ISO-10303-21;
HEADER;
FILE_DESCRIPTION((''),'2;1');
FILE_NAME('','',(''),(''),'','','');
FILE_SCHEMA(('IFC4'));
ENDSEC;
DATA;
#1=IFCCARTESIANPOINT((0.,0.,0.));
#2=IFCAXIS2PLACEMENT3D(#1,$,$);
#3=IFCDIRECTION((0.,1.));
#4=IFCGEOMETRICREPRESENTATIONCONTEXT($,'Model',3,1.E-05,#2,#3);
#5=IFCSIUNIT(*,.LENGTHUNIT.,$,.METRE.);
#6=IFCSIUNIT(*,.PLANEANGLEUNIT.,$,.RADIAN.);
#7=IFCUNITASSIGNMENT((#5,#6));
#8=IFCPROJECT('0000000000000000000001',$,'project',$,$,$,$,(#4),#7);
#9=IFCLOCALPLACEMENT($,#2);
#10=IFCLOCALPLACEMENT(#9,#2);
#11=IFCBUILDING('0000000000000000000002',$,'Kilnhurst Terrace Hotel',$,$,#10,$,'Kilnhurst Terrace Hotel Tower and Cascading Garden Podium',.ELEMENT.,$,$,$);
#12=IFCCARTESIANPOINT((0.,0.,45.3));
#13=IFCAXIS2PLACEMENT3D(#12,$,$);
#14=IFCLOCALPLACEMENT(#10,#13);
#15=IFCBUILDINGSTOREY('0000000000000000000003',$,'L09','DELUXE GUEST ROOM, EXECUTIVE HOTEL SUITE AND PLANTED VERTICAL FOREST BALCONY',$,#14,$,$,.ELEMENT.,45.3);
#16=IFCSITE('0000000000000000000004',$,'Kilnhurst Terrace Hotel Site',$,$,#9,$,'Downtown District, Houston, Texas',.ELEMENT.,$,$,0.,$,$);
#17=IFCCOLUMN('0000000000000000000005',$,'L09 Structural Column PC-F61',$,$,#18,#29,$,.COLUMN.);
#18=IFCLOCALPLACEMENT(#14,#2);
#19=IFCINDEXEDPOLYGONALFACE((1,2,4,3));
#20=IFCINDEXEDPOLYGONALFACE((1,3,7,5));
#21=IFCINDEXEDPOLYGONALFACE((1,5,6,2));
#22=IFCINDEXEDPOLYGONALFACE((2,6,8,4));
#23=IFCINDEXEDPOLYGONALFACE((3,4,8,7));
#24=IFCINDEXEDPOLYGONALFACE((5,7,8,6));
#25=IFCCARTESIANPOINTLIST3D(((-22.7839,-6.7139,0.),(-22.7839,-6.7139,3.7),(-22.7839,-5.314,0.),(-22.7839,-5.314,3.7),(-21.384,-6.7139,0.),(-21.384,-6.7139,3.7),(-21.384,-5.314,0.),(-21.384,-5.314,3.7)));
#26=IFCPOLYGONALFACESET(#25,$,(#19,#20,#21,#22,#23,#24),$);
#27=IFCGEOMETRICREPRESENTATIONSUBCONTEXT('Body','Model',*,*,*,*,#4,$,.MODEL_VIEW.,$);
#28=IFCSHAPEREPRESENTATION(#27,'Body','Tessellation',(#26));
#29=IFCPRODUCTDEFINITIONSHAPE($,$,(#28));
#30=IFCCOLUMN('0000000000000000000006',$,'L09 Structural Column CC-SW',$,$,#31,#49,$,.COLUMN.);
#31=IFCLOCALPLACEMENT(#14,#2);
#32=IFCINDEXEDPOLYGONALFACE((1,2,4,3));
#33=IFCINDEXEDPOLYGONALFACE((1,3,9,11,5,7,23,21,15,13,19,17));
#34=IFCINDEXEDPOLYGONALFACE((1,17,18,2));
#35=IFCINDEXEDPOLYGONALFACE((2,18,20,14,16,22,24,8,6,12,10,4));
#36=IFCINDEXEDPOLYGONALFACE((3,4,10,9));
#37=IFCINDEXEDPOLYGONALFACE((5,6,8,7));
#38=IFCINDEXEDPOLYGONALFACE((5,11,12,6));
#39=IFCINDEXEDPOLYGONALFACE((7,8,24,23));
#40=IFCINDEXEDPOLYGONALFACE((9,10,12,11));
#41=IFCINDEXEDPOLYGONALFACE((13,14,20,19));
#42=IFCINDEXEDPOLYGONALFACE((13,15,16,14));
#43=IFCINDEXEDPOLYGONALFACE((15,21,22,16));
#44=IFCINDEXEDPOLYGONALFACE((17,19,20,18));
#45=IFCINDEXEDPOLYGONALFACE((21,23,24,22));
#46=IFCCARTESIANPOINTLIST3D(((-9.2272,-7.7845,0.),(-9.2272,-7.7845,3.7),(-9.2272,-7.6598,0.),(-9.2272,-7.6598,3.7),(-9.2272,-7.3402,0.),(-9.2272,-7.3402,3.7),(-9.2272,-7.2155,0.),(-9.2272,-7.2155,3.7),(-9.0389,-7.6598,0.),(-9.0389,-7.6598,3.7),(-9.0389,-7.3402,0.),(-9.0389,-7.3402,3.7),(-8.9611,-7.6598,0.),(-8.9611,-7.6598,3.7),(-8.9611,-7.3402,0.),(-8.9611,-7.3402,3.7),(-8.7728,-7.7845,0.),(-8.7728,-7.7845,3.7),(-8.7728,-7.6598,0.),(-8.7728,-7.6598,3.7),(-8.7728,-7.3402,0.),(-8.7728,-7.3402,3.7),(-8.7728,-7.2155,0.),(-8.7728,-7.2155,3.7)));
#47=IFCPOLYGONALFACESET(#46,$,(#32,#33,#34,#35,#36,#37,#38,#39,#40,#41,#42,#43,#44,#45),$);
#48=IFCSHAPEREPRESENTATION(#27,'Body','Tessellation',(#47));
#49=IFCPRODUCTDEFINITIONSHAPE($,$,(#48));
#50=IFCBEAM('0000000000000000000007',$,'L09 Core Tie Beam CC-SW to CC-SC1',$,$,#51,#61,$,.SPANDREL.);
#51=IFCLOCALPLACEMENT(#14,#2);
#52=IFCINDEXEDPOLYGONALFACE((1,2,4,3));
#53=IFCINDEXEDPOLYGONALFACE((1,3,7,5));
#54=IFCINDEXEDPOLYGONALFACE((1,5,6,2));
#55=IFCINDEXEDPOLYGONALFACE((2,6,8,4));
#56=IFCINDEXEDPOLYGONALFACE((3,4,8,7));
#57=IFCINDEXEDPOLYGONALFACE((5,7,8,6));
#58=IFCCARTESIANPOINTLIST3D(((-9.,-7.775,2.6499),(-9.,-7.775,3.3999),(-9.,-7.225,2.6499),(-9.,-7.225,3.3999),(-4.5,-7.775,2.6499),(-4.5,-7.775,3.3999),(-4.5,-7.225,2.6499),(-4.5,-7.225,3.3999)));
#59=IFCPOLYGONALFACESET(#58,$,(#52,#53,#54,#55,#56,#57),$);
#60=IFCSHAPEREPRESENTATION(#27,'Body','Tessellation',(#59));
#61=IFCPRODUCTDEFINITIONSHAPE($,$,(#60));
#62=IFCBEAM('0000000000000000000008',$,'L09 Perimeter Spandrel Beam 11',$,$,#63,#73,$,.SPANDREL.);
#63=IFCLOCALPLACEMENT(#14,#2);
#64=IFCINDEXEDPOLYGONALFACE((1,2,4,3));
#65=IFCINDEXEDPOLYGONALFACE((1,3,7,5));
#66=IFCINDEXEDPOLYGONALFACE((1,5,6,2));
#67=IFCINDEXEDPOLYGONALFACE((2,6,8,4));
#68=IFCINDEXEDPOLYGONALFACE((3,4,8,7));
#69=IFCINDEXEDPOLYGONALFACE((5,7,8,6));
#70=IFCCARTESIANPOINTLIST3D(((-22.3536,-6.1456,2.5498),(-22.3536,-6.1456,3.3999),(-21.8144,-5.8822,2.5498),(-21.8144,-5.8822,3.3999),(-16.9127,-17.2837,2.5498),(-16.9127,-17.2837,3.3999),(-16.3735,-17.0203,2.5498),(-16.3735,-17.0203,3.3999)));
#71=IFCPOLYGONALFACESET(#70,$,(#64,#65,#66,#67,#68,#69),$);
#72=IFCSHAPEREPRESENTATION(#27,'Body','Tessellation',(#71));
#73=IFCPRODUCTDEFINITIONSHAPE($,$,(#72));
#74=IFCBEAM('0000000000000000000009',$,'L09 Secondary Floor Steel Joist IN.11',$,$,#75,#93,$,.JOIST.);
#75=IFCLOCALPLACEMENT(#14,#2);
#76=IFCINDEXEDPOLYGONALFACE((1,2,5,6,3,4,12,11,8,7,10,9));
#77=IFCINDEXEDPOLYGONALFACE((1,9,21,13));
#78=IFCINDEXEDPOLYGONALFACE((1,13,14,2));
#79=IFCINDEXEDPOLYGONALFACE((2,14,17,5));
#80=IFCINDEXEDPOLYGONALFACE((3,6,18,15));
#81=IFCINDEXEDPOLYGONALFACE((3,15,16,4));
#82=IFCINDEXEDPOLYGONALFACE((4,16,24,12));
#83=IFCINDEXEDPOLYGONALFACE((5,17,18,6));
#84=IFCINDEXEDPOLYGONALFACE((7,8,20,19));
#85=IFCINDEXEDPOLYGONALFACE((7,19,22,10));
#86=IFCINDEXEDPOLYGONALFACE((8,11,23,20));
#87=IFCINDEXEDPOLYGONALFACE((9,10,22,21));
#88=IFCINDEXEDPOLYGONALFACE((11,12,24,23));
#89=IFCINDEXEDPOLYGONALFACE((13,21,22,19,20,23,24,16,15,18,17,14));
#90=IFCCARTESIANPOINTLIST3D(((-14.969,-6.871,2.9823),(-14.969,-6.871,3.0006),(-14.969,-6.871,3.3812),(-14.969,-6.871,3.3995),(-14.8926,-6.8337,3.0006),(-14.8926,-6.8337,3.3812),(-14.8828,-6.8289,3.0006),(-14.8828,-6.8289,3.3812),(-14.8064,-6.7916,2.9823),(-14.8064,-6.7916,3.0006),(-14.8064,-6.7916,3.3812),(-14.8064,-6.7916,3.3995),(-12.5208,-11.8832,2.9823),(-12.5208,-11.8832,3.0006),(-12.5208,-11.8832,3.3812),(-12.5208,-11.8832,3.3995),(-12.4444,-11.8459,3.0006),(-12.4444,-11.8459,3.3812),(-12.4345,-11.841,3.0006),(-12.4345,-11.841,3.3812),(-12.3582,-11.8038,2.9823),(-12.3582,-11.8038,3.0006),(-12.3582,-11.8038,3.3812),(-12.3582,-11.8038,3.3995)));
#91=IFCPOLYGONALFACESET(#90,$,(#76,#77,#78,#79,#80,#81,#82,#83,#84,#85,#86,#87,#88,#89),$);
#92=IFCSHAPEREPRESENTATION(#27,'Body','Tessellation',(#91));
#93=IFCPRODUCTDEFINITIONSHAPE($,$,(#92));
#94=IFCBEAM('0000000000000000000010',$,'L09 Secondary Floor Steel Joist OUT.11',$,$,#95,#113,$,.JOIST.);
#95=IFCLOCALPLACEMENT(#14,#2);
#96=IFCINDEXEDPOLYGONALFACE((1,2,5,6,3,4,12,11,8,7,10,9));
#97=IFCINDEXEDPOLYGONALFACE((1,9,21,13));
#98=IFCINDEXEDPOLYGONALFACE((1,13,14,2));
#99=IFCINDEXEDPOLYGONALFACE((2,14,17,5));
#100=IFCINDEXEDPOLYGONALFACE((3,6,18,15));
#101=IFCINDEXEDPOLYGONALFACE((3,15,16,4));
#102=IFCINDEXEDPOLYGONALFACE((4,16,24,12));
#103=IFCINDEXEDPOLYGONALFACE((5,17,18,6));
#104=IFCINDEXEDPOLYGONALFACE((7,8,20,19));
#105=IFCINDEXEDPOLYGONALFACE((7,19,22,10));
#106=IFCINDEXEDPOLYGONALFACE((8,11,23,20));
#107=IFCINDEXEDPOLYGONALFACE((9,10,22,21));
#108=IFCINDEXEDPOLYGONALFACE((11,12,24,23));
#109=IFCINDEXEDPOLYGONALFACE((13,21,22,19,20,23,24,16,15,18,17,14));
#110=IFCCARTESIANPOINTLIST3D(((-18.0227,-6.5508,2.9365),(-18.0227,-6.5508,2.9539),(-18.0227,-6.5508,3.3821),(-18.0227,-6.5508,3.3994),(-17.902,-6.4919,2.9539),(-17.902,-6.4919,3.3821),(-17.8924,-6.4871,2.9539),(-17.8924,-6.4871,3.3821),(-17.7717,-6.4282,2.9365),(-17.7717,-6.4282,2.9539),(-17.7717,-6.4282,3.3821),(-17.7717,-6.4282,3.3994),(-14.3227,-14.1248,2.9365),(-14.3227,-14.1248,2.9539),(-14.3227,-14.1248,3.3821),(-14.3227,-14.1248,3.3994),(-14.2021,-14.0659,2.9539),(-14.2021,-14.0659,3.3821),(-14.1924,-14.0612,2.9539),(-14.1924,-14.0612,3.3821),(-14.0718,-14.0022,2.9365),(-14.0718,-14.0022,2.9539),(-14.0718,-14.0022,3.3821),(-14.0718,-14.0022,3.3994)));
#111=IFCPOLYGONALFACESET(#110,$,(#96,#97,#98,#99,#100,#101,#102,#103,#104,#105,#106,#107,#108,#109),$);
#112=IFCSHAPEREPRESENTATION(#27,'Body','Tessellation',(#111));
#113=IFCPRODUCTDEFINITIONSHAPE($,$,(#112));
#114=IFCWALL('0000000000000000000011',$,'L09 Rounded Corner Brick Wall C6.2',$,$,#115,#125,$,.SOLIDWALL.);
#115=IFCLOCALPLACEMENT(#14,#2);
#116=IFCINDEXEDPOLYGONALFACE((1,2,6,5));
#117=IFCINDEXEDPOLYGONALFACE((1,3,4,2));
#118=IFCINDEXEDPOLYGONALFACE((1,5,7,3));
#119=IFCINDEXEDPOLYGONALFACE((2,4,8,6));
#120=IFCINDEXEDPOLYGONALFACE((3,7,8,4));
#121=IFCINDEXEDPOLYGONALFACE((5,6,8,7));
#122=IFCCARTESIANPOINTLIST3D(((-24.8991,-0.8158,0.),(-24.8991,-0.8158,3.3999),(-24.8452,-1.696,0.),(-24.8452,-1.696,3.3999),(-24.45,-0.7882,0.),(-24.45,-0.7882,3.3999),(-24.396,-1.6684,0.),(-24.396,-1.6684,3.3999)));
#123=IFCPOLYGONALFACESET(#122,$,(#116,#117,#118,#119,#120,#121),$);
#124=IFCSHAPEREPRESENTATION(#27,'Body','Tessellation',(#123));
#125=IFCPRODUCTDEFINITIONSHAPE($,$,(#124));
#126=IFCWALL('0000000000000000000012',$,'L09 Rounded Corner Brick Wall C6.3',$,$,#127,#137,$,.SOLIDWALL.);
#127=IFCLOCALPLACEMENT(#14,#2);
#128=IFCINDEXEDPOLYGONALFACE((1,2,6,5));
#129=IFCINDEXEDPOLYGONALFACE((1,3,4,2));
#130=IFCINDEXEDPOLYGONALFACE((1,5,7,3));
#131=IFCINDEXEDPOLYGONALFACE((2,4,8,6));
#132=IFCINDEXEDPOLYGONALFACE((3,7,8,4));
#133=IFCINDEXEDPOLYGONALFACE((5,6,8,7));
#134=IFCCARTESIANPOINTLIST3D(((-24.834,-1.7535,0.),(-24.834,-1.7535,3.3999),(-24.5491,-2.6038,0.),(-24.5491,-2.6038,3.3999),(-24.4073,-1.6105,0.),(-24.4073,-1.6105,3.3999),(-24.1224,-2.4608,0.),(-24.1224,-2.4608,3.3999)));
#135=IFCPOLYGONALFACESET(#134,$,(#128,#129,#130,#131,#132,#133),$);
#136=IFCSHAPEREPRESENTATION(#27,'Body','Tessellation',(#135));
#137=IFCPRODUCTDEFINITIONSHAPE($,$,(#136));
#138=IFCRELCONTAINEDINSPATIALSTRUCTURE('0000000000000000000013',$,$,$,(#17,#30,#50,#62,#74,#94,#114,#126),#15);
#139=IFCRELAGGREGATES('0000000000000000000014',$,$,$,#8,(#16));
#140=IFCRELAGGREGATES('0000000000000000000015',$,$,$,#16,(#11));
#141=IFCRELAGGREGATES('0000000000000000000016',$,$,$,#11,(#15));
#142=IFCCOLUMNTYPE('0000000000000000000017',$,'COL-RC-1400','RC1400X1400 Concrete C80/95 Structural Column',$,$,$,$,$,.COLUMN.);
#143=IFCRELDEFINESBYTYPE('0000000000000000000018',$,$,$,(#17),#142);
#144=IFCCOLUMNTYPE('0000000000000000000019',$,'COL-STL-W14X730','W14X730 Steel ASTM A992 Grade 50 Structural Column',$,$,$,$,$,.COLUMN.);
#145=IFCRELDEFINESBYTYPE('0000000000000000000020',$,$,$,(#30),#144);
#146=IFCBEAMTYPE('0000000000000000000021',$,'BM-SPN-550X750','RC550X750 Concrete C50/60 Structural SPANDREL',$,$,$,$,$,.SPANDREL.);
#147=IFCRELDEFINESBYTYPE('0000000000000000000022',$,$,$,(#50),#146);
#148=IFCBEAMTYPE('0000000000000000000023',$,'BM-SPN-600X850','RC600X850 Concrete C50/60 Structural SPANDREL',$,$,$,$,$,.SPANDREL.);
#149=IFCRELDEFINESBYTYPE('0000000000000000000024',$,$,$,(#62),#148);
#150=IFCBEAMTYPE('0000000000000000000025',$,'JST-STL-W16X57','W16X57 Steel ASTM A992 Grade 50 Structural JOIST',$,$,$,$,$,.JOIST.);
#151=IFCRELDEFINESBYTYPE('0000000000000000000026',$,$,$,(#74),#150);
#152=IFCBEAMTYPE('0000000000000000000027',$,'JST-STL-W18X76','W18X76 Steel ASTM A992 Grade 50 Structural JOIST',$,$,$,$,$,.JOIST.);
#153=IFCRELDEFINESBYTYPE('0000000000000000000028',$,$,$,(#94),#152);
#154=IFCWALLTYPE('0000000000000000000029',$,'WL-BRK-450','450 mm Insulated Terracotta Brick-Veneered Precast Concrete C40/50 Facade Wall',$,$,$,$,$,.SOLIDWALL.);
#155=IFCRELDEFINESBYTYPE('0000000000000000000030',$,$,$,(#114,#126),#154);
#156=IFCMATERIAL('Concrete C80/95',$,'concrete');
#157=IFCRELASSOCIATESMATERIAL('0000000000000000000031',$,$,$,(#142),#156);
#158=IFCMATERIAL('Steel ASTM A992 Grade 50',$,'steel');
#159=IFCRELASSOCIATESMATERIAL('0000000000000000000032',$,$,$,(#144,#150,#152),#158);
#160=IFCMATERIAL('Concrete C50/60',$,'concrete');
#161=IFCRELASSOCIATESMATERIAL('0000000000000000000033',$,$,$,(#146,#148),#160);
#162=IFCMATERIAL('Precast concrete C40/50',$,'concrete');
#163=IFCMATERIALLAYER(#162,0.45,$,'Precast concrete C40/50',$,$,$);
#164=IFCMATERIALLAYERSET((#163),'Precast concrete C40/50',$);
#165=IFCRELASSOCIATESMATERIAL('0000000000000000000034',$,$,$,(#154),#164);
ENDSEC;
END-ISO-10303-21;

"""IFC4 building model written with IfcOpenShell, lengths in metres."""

from ifc_helpers import new_model, si_unit, direction, frame, frame_2d, origin, origin_2d, place, context, subcontext, project, spatial, rectangle, i_section, extrude, material, layer, layer_set, material_profile, profile_set, type_object, element, save


model = new_model("IFC4")

# Units and contexts
model_context = context("Model", 3, precision=1e-05, world=origin(), true_north=direction((0.0, 1.0)))
body_context = subcontext(model_context, "Body", "Model", "MODEL_VIEW")
ifc_project = project(units=[si_unit("LENGTHUNIT", "METRE"), si_unit("PLANEANGLEUNIT", "RADIAN")], contexts=[model_context])

# Site, building, storey
site_placement = place(None, origin())
site = spatial("IfcSite", under=ifc_project, at=site_placement, Name="Kilnhurst Terrace Hotel Site", LongName="Downtown District, Houston, Texas", CompositionType="ELEMENT", RefElevation=0.0)
building_placement = place(site_placement, origin())
building = spatial("IfcBuilding", under=site, at=building_placement, Name="Kilnhurst Terrace Hotel", LongName="Kilnhurst Terrace Hotel Tower and Cascading Garden Podium", CompositionType="ELEMENT")
storey_placement = place(building_placement, frame((0.0, 0.0, 45.3)))
storey = spatial("IfcBuildingStorey", under=building, at=storey_placement, Name="L09", Description="DELUXE GUEST ROOM, EXECUTIVE HOTEL SUITE AND PLANTED VERTICAL FOREST BALCONY", CompositionType="ELEMENT", Elevation=45.3)

# Columns
ifc_material_1 = material(Name="Concrete C80/95", Category="concrete")
ifc_material_profile_1 = material_profile(ifc_material_1, rectangle(XDim=1.3999, YDim=1.3999, at=origin_2d()), Name="RC1400X1400")
ifc_profile_set_1 = profile_set([ifc_material_profile_1], Name="Concrete C80/95")
column_type_1 = type_object("IfcColumnType", Name="COL-RC-1400", Description="RC1400X1400 Concrete C80/95 Structural Column", PredefinedType="COLUMN", material=ifc_profile_set_1)
column_1_placement = place(storey_placement, frame((-22.084, -6.0139, 0.0), z_axis=(0.0, 0.0, 1.0), x_axis=(1.0, 0.0, 0.0)))
element("IfcColumn", 1, at=column_1_placement, inside=storey, type_object=column_type_1, Name="L09 Structural Column PC-F61", PredefinedType="COLUMN", context=body_context, shape_type="SweptSolid", body=[
    extrude(rectangle(XDim=1.3999, YDim=1.3999, at=origin_2d()), origin(), (0.0, 0.0, 1.0), 3.7),
])
ifc_material_2 = material(Name="Steel ASTM A992 Grade 50", Category="steel")
ifc_material_profile_2 = material_profile(ifc_material_2, i_section(OverallWidth=0.4543, OverallDepth=0.5691, WebThickness=0.0779, FlangeThickness=0.1248, at=origin_2d()), Name="W14X730")
ifc_profile_set_2 = profile_set([ifc_material_profile_2], Name="Steel ASTM A992 Grade 50")
column_type_2 = type_object("IfcColumnType", Name="COL-STL-W14X730", Description="W14X730 Steel ASTM A992 Grade 50 Structural Column", PredefinedType="COLUMN", material=ifc_profile_set_2)
column_2_placement = place(storey_placement, frame((-9.0, -7.5, 0.0), z_axis=(0.0, 0.0, 1.0), x_axis=(1.0, 0.0, 0.0)))
element("IfcColumn", 2, at=column_2_placement, inside=storey, type_object=column_type_2, Name="L09 Structural Column CC-SW", PredefinedType="COLUMN", context=body_context, shape_type="SweptSolid", body=[
    extrude(i_section(OverallWidth=0.4543, OverallDepth=0.5691, WebThickness=0.0779, FlangeThickness=0.1248, at=origin_2d()), origin(), (0.0, 0.0, 1.0), 3.7),
])

# Beams
ifc_material_3 = material(Name="Concrete C50/60", Category="concrete")
ifc_material_profile_3 = material_profile(ifc_material_3, rectangle(XDim=0.55, YDim=0.75, at=origin_2d()), Name="RC550X750")
ifc_profile_set_3 = profile_set([ifc_material_profile_3], Name="Concrete C50/60")
beam_type_1 = type_object("IfcBeamType", Name="BM-SPN-550X750", Description="RC550X750 Concrete C50/60 Structural SPANDREL", PredefinedType="SPANDREL", material=ifc_profile_set_3)
beam_1_placement = place(storey_placement, frame((-9.0, -7.5, 3.0249), z_axis=(1.0, 0.0, 0.0), x_axis=(0.0, 1.0, 0.0)))
element("IfcBeam", 3, at=beam_1_placement, inside=storey, type_object=beam_type_1, Name="L09 Core Tie Beam CC-SW to CC-SC1", PredefinedType="SPANDREL", context=body_context, shape_type="SweptSolid", body=[
    extrude(rectangle(XDim=0.55, YDim=0.75, at=origin_2d()), origin(), (0.0, 0.0, 1.0), 4.5),
])
ifc_material_profile_4 = material_profile(ifc_material_3, rectangle(XDim=0.6001, YDim=0.8501, at=origin_2d()), Name="RC600X850")
ifc_profile_set_4 = profile_set([ifc_material_profile_4], Name="Concrete C50/60")
beam_type_2 = type_object("IfcBeamType", Name="BM-SPN-600X850", Description="RC600X850 Concrete C50/60 Structural SPANDREL", PredefinedType="SPANDREL", material=ifc_profile_set_4)
beam_2_placement = place(storey_placement, frame((-22.084, -6.0139, 2.9749), z_axis=(0.438923, -0.898525, 0.0), x_axis=(0.898525, 0.438923, 0.0)))
element("IfcBeam", 4, at=beam_2_placement, inside=storey, type_object=beam_type_2, Name="L09 Perimeter Spandrel Beam 11", PredefinedType="SPANDREL", context=body_context, shape_type="SweptSolid", body=[
    extrude(rectangle(XDim=0.6001, YDim=0.8501, at=origin_2d()), origin(), (0.0, 0.0, 1.0), 12.396),
])
ifc_material_profile_5 = material_profile(ifc_material_2, i_section(OverallWidth=0.1809, OverallDepth=0.4172, WebThickness=0.011, FlangeThickness=0.0183, at=origin_2d()), Name="W16X57")
ifc_profile_set_5 = profile_set([ifc_material_profile_5], Name="Steel ASTM A992 Grade 50")
beam_type_3 = type_object("IfcBeamType", Name="JST-STL-W16X57", Description="W16X57 Steel ASTM A992 Grade 50 Structural JOIST", PredefinedType="JOIST", material=ifc_profile_set_5)
beam_3_placement = place(storey_placement, frame((-14.8877, -6.8313, 3.1909), z_axis=(0.438896, -0.898538, 0.0), x_axis=(0.898538, 0.438896, 0.0)))
element("IfcBeam", 5, at=beam_3_placement, inside=storey, type_object=beam_type_3, Name="L09 Secondary Floor Steel Joist IN.11", PredefinedType="JOIST", context=body_context, shape_type="SweptSolid", body=[
    extrude(i_section(OverallWidth=0.1809, OverallDepth=0.4172, WebThickness=0.011, FlangeThickness=0.0183, at=origin_2d()), origin(), (0.0, 0.0, 1.0), 5.5781),
])
ifc_material_profile_6 = material_profile(ifc_material_2, i_section(OverallWidth=0.2793, OverallDepth=0.4629, WebThickness=0.0107, FlangeThickness=0.0173, at=origin_2d()), Name="W18X76")
ifc_profile_set_6 = profile_set([ifc_material_profile_6], Name="Steel ASTM A992 Grade 50")
beam_type_4 = type_object("IfcBeamType", Name="JST-STL-W18X76", Description="W18X76 Steel ASTM A992 Grade 50 Structural JOIST", PredefinedType="JOIST", material=ifc_profile_set_6)
beam_4_placement = place(storey_placement, frame((-17.8972, -6.4895, 3.168), z_axis=(0.438934, -0.898519, 0.0), x_axis=(0.898519, 0.438934, 0.0)))
element("IfcBeam", 6, at=beam_4_placement, inside=storey, type_object=beam_type_4, Name="L09 Secondary Floor Steel Joist OUT.11", PredefinedType="JOIST", context=body_context, shape_type="SweptSolid", body=[
    extrude(i_section(OverallWidth=0.2793, OverallDepth=0.4629, WebThickness=0.0107, FlangeThickness=0.0173, at=origin_2d()), origin(), (0.0, 0.0, 1.0), 8.4294),
])

# Walls
ifc_material_4 = material(Name="Precast concrete C40/50", Category="concrete")
ifc_layer_1 = layer(ifc_material_4, 0.45, Name="Precast concrete C40/50")
ifc_layer_set_1 = layer_set([ifc_layer_1], Name="Precast concrete C40/50")
wall_type_1 = type_object("IfcWallType", Name="WL-BRK-450", Description="450 mm Insulated Terracotta Brick-Veneered Precast Concrete C40/50 Facade Wall", PredefinedType="SOLIDWALL", material=ifc_layer_set_1)
wall_1_placement = place(storey_placement, frame((-24.6746, -0.802, 0.0), z_axis=(0.0, 0.0, 1.0), x_axis=(0.061189, -0.998126, 0.0)))
element("IfcWall", 7, at=wall_1_placement, inside=storey, type_object=wall_type_1, Name="L09 Rounded Corner Brick Wall C6.2", PredefinedType="SOLIDWALL", context=body_context, shape_type="SweptSolid", body=[
    extrude(rectangle(XDim=0.8818, YDim=0.45, at=frame_2d((0.4409, 0.0))), origin(), (0.0, 0.0, 1.0), 3.3999),
])
wall_2_placement = place(storey_placement, frame((-24.6206, -1.6821, 0.0), z_axis=(0.0, 0.0, 1.0), x_axis=(0.317697, -0.948192, 0.0)))
element("IfcWall", 8, at=wall_2_placement, inside=storey, type_object=wall_type_1, Name="L09 Rounded Corner Brick Wall C6.3", PredefinedType="SOLIDWALL", context=body_context, shape_type="SweptSolid", body=[
    extrude(rectangle(XDim=0.8967, YDim=0.45, at=frame_2d((0.4482, 0.0))), origin(), (0.0, 0.0, 1.0), 3.3999),
])

save(model, "model.ifc")
